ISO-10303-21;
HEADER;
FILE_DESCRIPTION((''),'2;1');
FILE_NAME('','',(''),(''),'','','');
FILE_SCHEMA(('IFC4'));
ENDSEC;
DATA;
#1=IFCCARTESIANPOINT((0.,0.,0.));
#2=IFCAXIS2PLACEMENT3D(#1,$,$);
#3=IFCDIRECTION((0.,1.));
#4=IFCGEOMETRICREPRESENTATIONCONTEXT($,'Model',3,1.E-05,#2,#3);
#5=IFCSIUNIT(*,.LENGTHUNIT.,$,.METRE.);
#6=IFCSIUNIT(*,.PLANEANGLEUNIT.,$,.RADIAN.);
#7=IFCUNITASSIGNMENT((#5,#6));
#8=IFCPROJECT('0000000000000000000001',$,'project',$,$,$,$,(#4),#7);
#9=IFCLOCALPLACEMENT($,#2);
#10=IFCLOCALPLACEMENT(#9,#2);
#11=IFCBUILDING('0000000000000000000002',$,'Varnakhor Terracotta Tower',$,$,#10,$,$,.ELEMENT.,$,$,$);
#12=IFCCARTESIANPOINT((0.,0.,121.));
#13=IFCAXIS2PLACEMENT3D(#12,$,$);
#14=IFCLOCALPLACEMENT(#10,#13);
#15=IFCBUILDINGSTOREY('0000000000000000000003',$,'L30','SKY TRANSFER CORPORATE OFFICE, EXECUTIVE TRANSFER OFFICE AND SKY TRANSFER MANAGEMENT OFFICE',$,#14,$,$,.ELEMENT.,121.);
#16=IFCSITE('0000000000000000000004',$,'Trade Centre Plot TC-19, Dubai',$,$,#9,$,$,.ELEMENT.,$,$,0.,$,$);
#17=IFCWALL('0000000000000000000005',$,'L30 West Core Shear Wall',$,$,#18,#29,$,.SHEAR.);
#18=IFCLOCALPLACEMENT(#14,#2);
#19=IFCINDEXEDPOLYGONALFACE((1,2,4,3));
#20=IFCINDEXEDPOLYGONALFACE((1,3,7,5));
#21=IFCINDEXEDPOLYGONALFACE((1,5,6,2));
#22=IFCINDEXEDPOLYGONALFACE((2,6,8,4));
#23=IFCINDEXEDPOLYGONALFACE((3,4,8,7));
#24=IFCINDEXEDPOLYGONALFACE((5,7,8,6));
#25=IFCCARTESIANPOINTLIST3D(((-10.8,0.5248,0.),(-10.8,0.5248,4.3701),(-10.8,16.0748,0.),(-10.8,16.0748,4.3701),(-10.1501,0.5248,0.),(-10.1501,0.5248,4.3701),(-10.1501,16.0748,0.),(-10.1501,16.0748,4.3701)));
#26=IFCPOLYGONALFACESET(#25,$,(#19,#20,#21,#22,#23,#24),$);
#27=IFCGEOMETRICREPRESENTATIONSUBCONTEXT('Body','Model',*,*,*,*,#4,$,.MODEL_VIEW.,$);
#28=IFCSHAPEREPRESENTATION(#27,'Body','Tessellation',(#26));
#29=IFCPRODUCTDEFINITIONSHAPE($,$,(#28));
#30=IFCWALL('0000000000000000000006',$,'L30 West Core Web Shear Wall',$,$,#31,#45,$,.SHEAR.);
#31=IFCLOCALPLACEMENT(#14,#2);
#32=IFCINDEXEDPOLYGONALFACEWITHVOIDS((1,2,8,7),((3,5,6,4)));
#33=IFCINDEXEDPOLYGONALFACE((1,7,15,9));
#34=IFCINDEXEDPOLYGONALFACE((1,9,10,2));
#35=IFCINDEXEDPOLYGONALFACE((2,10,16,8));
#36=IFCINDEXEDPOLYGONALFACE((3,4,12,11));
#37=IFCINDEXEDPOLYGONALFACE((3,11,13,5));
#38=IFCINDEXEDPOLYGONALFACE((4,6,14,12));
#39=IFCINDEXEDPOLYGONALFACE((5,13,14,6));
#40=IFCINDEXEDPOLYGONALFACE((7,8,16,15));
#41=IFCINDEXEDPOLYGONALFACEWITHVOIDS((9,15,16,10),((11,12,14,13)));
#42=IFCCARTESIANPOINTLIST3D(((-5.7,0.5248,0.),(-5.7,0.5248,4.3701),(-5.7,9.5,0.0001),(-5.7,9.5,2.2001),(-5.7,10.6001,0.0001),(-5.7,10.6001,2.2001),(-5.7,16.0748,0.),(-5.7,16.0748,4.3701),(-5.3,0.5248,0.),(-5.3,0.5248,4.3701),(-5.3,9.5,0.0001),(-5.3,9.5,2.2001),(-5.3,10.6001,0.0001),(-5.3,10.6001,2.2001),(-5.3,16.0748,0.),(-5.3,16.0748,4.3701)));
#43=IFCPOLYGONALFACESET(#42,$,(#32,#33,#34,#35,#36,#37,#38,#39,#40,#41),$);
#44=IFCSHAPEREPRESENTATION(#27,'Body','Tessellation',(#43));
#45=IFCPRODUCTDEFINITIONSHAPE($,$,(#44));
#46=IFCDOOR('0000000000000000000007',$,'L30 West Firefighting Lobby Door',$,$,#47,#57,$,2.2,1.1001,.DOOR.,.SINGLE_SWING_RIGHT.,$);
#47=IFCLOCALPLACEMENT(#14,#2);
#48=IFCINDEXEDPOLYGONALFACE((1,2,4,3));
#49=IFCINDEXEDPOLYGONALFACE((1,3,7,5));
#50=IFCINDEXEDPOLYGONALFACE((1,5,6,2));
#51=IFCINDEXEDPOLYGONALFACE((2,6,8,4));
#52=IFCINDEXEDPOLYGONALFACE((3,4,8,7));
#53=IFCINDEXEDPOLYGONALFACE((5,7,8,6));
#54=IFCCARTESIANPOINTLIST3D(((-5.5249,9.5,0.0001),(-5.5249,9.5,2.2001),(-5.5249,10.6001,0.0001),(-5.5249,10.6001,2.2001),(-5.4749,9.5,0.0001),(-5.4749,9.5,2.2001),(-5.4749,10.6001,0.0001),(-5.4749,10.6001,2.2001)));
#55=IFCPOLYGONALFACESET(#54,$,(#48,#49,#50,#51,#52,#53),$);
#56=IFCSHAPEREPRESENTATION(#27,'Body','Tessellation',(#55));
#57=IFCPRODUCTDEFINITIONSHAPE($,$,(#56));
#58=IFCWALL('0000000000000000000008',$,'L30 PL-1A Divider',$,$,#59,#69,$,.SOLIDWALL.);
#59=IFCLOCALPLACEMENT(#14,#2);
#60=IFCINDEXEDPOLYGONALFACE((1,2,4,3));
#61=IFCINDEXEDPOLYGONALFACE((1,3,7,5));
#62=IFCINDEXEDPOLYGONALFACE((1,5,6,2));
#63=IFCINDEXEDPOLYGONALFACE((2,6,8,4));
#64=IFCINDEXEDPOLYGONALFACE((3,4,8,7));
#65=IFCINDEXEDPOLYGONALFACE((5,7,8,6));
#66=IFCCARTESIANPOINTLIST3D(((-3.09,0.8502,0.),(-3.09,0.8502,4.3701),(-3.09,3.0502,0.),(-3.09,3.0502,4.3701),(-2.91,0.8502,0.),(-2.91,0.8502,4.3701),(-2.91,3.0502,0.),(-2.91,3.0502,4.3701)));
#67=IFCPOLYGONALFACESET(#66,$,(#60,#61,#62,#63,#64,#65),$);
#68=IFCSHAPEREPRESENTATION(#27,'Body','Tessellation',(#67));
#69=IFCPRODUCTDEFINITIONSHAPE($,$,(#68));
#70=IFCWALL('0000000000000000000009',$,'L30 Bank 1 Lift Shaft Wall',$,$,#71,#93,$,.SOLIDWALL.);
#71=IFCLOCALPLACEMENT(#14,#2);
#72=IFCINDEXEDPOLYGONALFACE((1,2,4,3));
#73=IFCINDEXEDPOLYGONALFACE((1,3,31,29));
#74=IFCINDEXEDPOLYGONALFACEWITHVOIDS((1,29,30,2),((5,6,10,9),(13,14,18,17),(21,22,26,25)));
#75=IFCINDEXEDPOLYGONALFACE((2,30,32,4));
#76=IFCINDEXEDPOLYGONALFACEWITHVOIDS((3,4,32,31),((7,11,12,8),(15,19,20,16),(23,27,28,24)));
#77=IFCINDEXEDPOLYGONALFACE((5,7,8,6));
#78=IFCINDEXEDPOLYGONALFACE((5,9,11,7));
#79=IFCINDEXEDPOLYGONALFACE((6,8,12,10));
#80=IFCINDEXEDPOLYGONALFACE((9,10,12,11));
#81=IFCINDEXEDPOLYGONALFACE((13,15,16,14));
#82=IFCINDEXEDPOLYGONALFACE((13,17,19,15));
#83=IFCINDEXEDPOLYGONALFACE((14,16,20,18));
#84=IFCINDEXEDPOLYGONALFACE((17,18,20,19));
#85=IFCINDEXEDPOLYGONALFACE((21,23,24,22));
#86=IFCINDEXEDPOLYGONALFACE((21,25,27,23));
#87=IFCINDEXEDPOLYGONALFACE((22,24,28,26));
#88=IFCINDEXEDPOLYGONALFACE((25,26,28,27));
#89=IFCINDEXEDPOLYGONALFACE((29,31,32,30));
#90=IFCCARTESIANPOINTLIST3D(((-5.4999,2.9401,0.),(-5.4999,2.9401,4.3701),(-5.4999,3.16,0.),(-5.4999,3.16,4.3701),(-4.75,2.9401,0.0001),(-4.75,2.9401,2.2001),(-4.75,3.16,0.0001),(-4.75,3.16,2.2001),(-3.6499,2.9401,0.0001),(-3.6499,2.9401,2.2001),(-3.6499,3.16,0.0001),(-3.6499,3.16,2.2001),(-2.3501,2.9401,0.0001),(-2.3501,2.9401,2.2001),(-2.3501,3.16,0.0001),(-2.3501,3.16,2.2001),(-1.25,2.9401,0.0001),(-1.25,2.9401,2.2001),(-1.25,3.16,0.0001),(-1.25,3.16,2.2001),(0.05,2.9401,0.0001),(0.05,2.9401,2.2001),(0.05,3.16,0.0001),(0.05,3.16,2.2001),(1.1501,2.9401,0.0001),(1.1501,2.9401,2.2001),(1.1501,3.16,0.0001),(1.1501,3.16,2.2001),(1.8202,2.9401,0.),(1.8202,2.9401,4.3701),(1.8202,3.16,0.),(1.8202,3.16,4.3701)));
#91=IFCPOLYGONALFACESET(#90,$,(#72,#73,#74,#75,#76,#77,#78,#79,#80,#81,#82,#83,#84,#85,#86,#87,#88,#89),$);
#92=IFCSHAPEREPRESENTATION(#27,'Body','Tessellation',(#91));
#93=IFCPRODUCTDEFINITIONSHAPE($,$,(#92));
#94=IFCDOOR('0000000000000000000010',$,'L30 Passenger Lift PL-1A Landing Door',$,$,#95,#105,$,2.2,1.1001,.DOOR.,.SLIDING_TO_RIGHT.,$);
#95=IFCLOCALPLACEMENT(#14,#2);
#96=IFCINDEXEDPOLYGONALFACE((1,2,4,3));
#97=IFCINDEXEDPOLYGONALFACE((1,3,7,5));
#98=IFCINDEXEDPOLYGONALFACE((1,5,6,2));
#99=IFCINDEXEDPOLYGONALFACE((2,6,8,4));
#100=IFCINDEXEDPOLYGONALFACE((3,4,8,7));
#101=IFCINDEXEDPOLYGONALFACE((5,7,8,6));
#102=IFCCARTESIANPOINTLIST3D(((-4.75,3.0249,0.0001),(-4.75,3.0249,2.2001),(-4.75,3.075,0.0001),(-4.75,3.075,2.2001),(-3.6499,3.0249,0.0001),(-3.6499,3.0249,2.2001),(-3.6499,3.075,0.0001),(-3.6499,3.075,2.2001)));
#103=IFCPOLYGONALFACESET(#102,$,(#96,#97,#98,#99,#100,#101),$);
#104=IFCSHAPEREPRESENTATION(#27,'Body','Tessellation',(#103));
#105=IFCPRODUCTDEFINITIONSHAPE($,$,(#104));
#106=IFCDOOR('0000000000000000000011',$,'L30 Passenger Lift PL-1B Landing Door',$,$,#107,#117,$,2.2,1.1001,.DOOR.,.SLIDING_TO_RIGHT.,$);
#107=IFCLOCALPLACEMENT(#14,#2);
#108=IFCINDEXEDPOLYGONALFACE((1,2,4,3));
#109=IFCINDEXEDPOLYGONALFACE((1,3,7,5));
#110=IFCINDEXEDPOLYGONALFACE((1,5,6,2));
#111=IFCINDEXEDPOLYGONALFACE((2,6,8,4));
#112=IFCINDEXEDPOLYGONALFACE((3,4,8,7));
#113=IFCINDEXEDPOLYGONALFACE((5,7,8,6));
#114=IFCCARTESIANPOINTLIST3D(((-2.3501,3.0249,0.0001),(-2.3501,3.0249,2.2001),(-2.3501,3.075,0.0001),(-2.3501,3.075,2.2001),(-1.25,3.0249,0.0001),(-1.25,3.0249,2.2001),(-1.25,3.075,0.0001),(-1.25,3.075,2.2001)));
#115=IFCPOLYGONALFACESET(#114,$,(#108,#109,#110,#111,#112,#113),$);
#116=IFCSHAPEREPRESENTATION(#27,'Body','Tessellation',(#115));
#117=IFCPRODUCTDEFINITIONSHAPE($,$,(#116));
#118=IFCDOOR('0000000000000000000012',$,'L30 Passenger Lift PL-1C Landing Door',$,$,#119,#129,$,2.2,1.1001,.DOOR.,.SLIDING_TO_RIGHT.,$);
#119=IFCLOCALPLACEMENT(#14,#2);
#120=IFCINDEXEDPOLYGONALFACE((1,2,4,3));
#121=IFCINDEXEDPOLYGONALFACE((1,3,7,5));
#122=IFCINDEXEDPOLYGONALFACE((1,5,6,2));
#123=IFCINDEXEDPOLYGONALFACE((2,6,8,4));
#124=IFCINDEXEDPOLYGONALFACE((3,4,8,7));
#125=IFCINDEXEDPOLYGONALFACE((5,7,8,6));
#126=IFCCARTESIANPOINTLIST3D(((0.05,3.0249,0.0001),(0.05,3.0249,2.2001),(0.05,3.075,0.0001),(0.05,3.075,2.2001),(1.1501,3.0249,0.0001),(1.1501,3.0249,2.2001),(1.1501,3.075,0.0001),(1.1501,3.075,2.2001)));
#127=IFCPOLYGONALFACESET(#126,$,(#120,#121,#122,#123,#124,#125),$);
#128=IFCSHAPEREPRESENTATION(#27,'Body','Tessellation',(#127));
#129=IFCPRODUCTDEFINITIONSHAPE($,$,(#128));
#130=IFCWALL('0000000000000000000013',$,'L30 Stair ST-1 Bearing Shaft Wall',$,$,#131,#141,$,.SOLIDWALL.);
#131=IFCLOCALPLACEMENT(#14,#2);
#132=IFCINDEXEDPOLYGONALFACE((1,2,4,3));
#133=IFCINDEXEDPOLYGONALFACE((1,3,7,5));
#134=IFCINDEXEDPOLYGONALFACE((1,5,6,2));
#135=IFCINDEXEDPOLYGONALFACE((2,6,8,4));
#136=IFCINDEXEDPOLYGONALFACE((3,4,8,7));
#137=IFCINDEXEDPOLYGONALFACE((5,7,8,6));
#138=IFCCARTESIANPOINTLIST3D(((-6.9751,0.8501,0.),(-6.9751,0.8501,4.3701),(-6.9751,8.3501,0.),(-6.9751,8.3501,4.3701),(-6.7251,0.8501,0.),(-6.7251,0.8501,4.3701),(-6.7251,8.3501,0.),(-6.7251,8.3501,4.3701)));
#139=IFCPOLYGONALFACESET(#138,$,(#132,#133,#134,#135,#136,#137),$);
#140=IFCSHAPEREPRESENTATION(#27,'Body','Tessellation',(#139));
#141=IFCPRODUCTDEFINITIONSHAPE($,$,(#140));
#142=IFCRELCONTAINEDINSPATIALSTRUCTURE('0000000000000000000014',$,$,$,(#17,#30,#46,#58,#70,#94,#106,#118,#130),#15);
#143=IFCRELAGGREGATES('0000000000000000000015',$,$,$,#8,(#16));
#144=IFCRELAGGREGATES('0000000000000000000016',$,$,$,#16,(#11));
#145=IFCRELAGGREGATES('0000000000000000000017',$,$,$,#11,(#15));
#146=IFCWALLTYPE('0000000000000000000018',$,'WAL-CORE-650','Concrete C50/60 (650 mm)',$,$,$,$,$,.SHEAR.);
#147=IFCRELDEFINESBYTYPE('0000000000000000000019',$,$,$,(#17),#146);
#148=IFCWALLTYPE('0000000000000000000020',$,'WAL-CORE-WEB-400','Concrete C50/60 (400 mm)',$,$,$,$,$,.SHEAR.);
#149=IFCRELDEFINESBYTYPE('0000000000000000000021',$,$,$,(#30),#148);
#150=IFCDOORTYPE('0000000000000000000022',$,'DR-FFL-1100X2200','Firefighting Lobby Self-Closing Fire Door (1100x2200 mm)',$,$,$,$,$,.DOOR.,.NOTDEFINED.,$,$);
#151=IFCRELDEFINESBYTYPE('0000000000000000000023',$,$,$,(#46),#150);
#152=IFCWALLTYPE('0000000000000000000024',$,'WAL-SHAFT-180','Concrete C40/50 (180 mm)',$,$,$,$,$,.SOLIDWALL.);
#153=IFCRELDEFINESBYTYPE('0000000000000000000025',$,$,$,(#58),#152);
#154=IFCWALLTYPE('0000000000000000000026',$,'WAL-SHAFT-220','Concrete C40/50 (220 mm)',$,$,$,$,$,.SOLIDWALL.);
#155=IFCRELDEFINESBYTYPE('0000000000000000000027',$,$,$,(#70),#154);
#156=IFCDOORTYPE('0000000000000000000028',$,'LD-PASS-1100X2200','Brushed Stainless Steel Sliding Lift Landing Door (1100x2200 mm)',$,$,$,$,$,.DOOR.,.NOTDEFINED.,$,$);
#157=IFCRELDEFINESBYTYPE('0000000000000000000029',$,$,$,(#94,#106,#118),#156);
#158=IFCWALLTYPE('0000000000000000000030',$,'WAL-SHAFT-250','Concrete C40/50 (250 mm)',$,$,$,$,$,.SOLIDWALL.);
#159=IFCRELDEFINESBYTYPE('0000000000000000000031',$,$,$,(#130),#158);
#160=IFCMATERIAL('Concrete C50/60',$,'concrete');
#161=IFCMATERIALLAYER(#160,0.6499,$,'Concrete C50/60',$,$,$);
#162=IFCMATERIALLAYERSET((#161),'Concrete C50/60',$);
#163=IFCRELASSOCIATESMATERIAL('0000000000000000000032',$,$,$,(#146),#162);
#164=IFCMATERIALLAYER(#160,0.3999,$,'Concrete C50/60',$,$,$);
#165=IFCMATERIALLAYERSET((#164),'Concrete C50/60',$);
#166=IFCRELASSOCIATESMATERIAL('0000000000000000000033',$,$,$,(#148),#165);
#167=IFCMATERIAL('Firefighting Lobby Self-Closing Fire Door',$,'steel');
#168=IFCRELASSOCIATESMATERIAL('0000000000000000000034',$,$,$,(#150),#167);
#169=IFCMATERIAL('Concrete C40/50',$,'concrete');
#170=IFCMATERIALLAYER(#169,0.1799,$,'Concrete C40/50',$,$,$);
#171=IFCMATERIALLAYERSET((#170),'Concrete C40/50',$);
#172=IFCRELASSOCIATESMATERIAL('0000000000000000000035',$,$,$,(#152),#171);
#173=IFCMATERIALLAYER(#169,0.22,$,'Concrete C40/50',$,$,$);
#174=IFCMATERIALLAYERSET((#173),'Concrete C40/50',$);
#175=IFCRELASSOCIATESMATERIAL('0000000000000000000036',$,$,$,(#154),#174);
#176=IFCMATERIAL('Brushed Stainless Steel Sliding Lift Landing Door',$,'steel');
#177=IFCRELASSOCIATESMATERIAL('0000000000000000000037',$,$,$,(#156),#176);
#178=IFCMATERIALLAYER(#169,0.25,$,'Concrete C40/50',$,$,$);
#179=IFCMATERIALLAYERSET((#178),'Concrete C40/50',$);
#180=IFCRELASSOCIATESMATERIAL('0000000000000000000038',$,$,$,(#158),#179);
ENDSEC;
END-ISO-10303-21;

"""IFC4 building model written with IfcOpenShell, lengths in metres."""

from ifc_helpers import new_model, si_unit, direction, frame, frame_2d, origin, place, context, subcontext, project, spatial, rectangle, extrude, source, transform, mapped, material, layer, layer_set, type_object, type_shapes, element, fill, save


model = new_model("IFC4")

# Units and contexts
model_context = context("Model", 3, precision=1e-05, world=origin(), true_north=direction((0.0, 1.0)))
body_context = subcontext(model_context, "Body", "Model", "MODEL_VIEW")
ifc_project = project(units=[si_unit("LENGTHUNIT", "METRE"), si_unit("PLANEANGLEUNIT", "RADIAN")], contexts=[model_context])

# Site, building, storey
site_placement = place(None, origin())
site = spatial("IfcSite", under=ifc_project, at=site_placement, Name="Trade Centre Plot TC-19, Dubai", CompositionType="ELEMENT", RefElevation=0.0)
building_placement = place(site_placement, origin())
building = spatial("IfcBuilding", under=site, at=building_placement, Name="Varnakhor Terracotta Tower", CompositionType="ELEMENT")
storey_placement = place(building_placement, frame((0.0, 0.0, 121.0)))
storey = spatial("IfcBuildingStorey", under=building, at=storey_placement, Name="L30", Description="SKY TRANSFER CORPORATE OFFICE, EXECUTIVE TRANSFER OFFICE AND SKY TRANSFER MANAGEMENT OFFICE", CompositionType="ELEMENT", Elevation=121.0)

# Shared definitions
ifc_material_1 = material(Name="Concrete C50/60", Category="concrete")

# Wall
ifc_layer_1 = layer(ifc_material_1, 0.6499, Name="Concrete C50/60")
ifc_layer_set_1 = layer_set([ifc_layer_1], Name="Concrete C50/60")
wall_type_1 = type_object("IfcWallType", Name="WAL-CORE-650", Description="Concrete C50/60 (650 mm)", PredefinedType="SHEAR", material=ifc_layer_set_1)
wall_1_placement = place(storey_placement, frame((-10.4751, 0.5249, 0.0), z_axis=(0.0, 0.0, 1.0), x_axis=(0.0, 1.0, 0.0)))
element("IfcWall", 1, at=wall_1_placement, inside=storey, type_object=wall_type_1, Name="L30 West Core Shear Wall", PredefinedType="SHEAR", context=body_context, shape_type="SweptSolid", body=[
    extrude(rectangle(XDim=15.55, YDim=0.6499, at=frame_2d((7.7749, 0.0))), origin(), (0.0, 0.0, 1.0), 4.3701),
])

# Wall, opening, door
ifc_layer_2 = layer(ifc_material_1, 0.3999, Name="Concrete C50/60")
ifc_layer_set_2 = layer_set([ifc_layer_2], Name="Concrete C50/60")
wall_type_2 = type_object("IfcWallType", Name="WAL-CORE-WEB-400", Description="Concrete C50/60 (400 mm)", PredefinedType="SHEAR", material=ifc_layer_set_2)
wall_2_placement = place(storey_placement, frame((-5.5, 0.5249, 0.0), z_axis=(0.0, 0.0, 1.0), x_axis=(0.0, 1.0, 0.0)))
wall_2 = element("IfcWall", 2, at=wall_2_placement, inside=storey, type_object=wall_type_2, Name="L30 West Core Web Shear Wall", PredefinedType="SHEAR", context=body_context, shape_type="SweptSolid", body=[
    extrude(rectangle(XDim=15.55, YDim=0.3999, at=frame_2d((7.7749, 0.0))), origin(), (0.0, 0.0, 1.0), 4.3701),
])
opening_1_placement = place(wall_2_placement, frame((8.9751, 0.0, 0.0)))
opening_1 = element("IfcOpeningElement", 3, at=opening_1_placement, cuts=wall_2, PredefinedType="OPENING", context=body_context, shape_type="SweptSolid", body=[
    extrude(rectangle(XDim=1.1001, YDim=2.2, at=frame_2d((0.55, 1.1001))), frame((0.0, 0.21, 0.0), z_axis=(0.0, -1.0, 0.0), x_axis=(1.0, 0.0, 0.0)), (0.0, 0.0, 1.0), 0.4199),
])
ifc_material_2 = material(Name="Firefighting Lobby Self-Closing Fire Door", Category="steel")
door_type_1 = type_object("IfcDoorType", Name="DR-FFL-1100X2200", Description="Firefighting Lobby Self-Closing Fire Door (1100x2200 mm)", OperationType="NOTDEFINED", PredefinedType="DOOR", material=ifc_material_2)
shared_shape_1 = source(origin(), body_context, "Body", "SweptSolid", [
    extrude(rectangle(XDim=1.1001, YDim=2.2, at=frame_2d((0.55, 1.1001))), frame((0.0, 0.0249, 0.0), z_axis=(0.0, -1.0, 0.0), x_axis=(1.0, 0.0, 0.0)), (0.0, 0.0, 1.0), 0.05),
])
type_shapes(door_type_1, [shared_shape_1])
door_1_placement = place(opening_1_placement, origin())
door_1 = element("IfcDoor", 4, at=door_1_placement, inside=storey, type_object=door_type_1, Name="L30 West Firefighting Lobby Door", OperationType="SINGLE_SWING_RIGHT", OverallHeight=2.2, OverallWidth=1.1001, PredefinedType="DOOR", context=body_context, shape_type="MappedRepresentation", body=[
    mapped(shared_shape_1, transform((0.0, 0.0, 0.0), scale=1.0)),
])
fill(opening_1, door_1)

# Wall
ifc_material_3 = material(Name="Concrete C40/50", Category="concrete")
ifc_layer_3 = layer(ifc_material_3, 0.1799, Name="Concrete C40/50")
ifc_layer_set_3 = layer_set([ifc_layer_3], Name="Concrete C40/50")
wall_type_3 = type_object("IfcWallType", Name="WAL-SHAFT-180", Description="Concrete C40/50 (180 mm)", PredefinedType="SOLIDWALL", material=ifc_layer_set_3)
wall_3_placement = place(storey_placement, frame((-3.0, 0.8501, 0.0), z_axis=(0.0, 0.0, 1.0), x_axis=(0.0, 1.0, 0.0)))
element("IfcWall", 5, at=wall_3_placement, inside=storey, type_object=wall_type_3, Name="L30 PL-1A Divider", PredefinedType="SOLIDWALL", context=body_context, shape_type="SweptSolid", body=[
    extrude(rectangle(XDim=2.2, YDim=0.1799, at=frame_2d((1.1001, 0.0))), origin(), (0.0, 0.0, 1.0), 4.3701),
])

# Wall, openings, doors
ifc_layer_4 = layer(ifc_material_3, 0.22, Name="Concrete C40/50")
ifc_layer_set_4 = layer_set([ifc_layer_4], Name="Concrete C40/50")
wall_type_4 = type_object("IfcWallType", Name="WAL-SHAFT-220", Description="Concrete C40/50 (220 mm)", PredefinedType="SOLIDWALL", material=ifc_layer_set_4)
wall_4_placement = place(storey_placement, frame((-5.5, 3.05, 0.0), z_axis=(0.0, 0.0, 1.0), x_axis=(1.0, 0.0, 0.0)))
wall_4 = element("IfcWall", 6, at=wall_4_placement, inside=storey, type_object=wall_type_4, Name="L30 Bank 1 Lift Shaft Wall", PredefinedType="SOLIDWALL", context=body_context, shape_type="SweptSolid", body=[
    extrude(rectangle(XDim=7.3201, YDim=0.22, at=frame_2d((3.6602, 0.0))), origin(), (0.0, 0.0, 1.0), 4.3701),
])
opening_2_placement = place(wall_4_placement, frame((0.75, 0.0, 0.0)))
opening_2 = element("IfcOpeningElement", 7, at=opening_2_placement, cuts=wall_4, PredefinedType="OPENING", context=body_context, shape_type="SweptSolid", body=[
    extrude(rectangle(XDim=1.1001, YDim=2.2, at=frame_2d((0.55, 1.1001))), frame((0.0, 0.1201, 0.0), z_axis=(0.0, -1.0, 0.0), x_axis=(1.0, 0.0, 0.0)), (0.0, 0.0, 1.0), 0.24),
])
opening_3_placement = place(wall_4_placement, frame((3.1499, 0.0, 0.0)))
opening_3 = element("IfcOpeningElement", 8, at=opening_3_placement, cuts=wall_4, PredefinedType="OPENING", context=body_context, shape_type="SweptSolid", body=[
    extrude(rectangle(XDim=1.1001, YDim=2.2, at=frame_2d((0.55, 1.1001))), frame((0.0, 0.1201, 0.0), z_axis=(0.0, -1.0, 0.0), x_axis=(1.0, 0.0, 0.0)), (0.0, 0.0, 1.0), 0.24),
])
opening_4_placement = place(wall_4_placement, frame((5.55, 0.0, 0.0)))
opening_4 = element("IfcOpeningElement", 9, at=opening_4_placement, cuts=wall_4, PredefinedType="OPENING", context=body_context, shape_type="SweptSolid", body=[
    extrude(rectangle(XDim=1.1001, YDim=2.2, at=frame_2d((0.55, 1.1001))), frame((0.0, 0.1201, 0.0), z_axis=(0.0, -1.0, 0.0), x_axis=(1.0, 0.0, 0.0)), (0.0, 0.0, 1.0), 0.24),
])
ifc_material_4 = material(Name="Brushed Stainless Steel Sliding Lift Landing Door", Category="steel")
door_type_2 = type_object("IfcDoorType", Name="LD-PASS-1100X2200", Description="Brushed Stainless Steel Sliding Lift Landing Door (1100x2200 mm)", OperationType="NOTDEFINED", PredefinedType="DOOR", material=ifc_material_4)
shared_shape_2 = source(origin(), body_context, "Body", "SweptSolid", [
    extrude(rectangle(XDim=1.1001, YDim=2.2, at=frame_2d((0.55, 1.1001))), frame((0.0, 0.0249, 0.0), z_axis=(0.0, -1.0, 0.0), x_axis=(1.0, 0.0, 0.0)), (0.0, 0.0, 1.0), 0.05),
])
type_shapes(door_type_2, [shared_shape_2])
door_2_placement = place(opening_2_placement, origin())
door_2 = element("IfcDoor", 10, at=door_2_placement, inside=storey, type_object=door_type_2, Name="L30 Passenger Lift PL-1A Landing Door", OperationType="SLIDING_TO_RIGHT", OverallHeight=2.2, OverallWidth=1.1001, PredefinedType="DOOR", context=body_context, shape_type="MappedRepresentation", body=[
    mapped(shared_shape_2, transform((0.0, 0.0, 0.0), scale=1.0)),
])
fill(opening_2, door_2)
door_3_placement = place(opening_3_placement, origin())
door_3 = element("IfcDoor", 11, at=door_3_placement, inside=storey, type_object=door_type_2, Name="L30 Passenger Lift PL-1B Landing Door", OperationType="SLIDING_TO_RIGHT", OverallHeight=2.2, OverallWidth=1.1001, PredefinedType="DOOR", context=body_context, shape_type="MappedRepresentation", body=[
    mapped(shared_shape_2, transform((0.0, 0.0, 0.0), scale=1.0)),
])
fill(opening_3, door_3)
door_4_placement = place(opening_4_placement, origin())
door_4 = element("IfcDoor", 12, at=door_4_placement, inside=storey, type_object=door_type_2, Name="L30 Passenger Lift PL-1C Landing Door", OperationType="SLIDING_TO_RIGHT", OverallHeight=2.2, OverallWidth=1.1001, PredefinedType="DOOR", context=body_context, shape_type="MappedRepresentation", body=[
    mapped(shared_shape_2, transform((0.0, 0.0, 0.0), scale=1.0)),
])
fill(opening_4, door_4)

# Wall
ifc_layer_5 = layer(ifc_material_3, 0.25, Name="Concrete C40/50")
ifc_layer_set_5 = layer_set([ifc_layer_5], Name="Concrete C40/50")
wall_type_5 = type_object("IfcWallType", Name="WAL-SHAFT-250", Description="Concrete C40/50 (250 mm)", PredefinedType="SOLIDWALL", material=ifc_layer_set_5)
wall_5_placement = place(storey_placement, frame((-6.8501, 0.8501, 0.0), z_axis=(0.0, 0.0, 1.0), x_axis=(0.0, 1.0, 0.0)))
element("IfcWall", 13, at=wall_5_placement, inside=storey, type_object=wall_type_5, Name="L30 Stair ST-1 Bearing Shaft Wall", PredefinedType="SOLIDWALL", context=body_context, shape_type="SweptSolid", body=[
    extrude(rectangle(XDim=7.5, YDim=0.25, at=frame_2d((3.75, 0.0))), origin(), (0.0, 0.0, 1.0), 4.3701),
])

save(model, "model.ifc")
